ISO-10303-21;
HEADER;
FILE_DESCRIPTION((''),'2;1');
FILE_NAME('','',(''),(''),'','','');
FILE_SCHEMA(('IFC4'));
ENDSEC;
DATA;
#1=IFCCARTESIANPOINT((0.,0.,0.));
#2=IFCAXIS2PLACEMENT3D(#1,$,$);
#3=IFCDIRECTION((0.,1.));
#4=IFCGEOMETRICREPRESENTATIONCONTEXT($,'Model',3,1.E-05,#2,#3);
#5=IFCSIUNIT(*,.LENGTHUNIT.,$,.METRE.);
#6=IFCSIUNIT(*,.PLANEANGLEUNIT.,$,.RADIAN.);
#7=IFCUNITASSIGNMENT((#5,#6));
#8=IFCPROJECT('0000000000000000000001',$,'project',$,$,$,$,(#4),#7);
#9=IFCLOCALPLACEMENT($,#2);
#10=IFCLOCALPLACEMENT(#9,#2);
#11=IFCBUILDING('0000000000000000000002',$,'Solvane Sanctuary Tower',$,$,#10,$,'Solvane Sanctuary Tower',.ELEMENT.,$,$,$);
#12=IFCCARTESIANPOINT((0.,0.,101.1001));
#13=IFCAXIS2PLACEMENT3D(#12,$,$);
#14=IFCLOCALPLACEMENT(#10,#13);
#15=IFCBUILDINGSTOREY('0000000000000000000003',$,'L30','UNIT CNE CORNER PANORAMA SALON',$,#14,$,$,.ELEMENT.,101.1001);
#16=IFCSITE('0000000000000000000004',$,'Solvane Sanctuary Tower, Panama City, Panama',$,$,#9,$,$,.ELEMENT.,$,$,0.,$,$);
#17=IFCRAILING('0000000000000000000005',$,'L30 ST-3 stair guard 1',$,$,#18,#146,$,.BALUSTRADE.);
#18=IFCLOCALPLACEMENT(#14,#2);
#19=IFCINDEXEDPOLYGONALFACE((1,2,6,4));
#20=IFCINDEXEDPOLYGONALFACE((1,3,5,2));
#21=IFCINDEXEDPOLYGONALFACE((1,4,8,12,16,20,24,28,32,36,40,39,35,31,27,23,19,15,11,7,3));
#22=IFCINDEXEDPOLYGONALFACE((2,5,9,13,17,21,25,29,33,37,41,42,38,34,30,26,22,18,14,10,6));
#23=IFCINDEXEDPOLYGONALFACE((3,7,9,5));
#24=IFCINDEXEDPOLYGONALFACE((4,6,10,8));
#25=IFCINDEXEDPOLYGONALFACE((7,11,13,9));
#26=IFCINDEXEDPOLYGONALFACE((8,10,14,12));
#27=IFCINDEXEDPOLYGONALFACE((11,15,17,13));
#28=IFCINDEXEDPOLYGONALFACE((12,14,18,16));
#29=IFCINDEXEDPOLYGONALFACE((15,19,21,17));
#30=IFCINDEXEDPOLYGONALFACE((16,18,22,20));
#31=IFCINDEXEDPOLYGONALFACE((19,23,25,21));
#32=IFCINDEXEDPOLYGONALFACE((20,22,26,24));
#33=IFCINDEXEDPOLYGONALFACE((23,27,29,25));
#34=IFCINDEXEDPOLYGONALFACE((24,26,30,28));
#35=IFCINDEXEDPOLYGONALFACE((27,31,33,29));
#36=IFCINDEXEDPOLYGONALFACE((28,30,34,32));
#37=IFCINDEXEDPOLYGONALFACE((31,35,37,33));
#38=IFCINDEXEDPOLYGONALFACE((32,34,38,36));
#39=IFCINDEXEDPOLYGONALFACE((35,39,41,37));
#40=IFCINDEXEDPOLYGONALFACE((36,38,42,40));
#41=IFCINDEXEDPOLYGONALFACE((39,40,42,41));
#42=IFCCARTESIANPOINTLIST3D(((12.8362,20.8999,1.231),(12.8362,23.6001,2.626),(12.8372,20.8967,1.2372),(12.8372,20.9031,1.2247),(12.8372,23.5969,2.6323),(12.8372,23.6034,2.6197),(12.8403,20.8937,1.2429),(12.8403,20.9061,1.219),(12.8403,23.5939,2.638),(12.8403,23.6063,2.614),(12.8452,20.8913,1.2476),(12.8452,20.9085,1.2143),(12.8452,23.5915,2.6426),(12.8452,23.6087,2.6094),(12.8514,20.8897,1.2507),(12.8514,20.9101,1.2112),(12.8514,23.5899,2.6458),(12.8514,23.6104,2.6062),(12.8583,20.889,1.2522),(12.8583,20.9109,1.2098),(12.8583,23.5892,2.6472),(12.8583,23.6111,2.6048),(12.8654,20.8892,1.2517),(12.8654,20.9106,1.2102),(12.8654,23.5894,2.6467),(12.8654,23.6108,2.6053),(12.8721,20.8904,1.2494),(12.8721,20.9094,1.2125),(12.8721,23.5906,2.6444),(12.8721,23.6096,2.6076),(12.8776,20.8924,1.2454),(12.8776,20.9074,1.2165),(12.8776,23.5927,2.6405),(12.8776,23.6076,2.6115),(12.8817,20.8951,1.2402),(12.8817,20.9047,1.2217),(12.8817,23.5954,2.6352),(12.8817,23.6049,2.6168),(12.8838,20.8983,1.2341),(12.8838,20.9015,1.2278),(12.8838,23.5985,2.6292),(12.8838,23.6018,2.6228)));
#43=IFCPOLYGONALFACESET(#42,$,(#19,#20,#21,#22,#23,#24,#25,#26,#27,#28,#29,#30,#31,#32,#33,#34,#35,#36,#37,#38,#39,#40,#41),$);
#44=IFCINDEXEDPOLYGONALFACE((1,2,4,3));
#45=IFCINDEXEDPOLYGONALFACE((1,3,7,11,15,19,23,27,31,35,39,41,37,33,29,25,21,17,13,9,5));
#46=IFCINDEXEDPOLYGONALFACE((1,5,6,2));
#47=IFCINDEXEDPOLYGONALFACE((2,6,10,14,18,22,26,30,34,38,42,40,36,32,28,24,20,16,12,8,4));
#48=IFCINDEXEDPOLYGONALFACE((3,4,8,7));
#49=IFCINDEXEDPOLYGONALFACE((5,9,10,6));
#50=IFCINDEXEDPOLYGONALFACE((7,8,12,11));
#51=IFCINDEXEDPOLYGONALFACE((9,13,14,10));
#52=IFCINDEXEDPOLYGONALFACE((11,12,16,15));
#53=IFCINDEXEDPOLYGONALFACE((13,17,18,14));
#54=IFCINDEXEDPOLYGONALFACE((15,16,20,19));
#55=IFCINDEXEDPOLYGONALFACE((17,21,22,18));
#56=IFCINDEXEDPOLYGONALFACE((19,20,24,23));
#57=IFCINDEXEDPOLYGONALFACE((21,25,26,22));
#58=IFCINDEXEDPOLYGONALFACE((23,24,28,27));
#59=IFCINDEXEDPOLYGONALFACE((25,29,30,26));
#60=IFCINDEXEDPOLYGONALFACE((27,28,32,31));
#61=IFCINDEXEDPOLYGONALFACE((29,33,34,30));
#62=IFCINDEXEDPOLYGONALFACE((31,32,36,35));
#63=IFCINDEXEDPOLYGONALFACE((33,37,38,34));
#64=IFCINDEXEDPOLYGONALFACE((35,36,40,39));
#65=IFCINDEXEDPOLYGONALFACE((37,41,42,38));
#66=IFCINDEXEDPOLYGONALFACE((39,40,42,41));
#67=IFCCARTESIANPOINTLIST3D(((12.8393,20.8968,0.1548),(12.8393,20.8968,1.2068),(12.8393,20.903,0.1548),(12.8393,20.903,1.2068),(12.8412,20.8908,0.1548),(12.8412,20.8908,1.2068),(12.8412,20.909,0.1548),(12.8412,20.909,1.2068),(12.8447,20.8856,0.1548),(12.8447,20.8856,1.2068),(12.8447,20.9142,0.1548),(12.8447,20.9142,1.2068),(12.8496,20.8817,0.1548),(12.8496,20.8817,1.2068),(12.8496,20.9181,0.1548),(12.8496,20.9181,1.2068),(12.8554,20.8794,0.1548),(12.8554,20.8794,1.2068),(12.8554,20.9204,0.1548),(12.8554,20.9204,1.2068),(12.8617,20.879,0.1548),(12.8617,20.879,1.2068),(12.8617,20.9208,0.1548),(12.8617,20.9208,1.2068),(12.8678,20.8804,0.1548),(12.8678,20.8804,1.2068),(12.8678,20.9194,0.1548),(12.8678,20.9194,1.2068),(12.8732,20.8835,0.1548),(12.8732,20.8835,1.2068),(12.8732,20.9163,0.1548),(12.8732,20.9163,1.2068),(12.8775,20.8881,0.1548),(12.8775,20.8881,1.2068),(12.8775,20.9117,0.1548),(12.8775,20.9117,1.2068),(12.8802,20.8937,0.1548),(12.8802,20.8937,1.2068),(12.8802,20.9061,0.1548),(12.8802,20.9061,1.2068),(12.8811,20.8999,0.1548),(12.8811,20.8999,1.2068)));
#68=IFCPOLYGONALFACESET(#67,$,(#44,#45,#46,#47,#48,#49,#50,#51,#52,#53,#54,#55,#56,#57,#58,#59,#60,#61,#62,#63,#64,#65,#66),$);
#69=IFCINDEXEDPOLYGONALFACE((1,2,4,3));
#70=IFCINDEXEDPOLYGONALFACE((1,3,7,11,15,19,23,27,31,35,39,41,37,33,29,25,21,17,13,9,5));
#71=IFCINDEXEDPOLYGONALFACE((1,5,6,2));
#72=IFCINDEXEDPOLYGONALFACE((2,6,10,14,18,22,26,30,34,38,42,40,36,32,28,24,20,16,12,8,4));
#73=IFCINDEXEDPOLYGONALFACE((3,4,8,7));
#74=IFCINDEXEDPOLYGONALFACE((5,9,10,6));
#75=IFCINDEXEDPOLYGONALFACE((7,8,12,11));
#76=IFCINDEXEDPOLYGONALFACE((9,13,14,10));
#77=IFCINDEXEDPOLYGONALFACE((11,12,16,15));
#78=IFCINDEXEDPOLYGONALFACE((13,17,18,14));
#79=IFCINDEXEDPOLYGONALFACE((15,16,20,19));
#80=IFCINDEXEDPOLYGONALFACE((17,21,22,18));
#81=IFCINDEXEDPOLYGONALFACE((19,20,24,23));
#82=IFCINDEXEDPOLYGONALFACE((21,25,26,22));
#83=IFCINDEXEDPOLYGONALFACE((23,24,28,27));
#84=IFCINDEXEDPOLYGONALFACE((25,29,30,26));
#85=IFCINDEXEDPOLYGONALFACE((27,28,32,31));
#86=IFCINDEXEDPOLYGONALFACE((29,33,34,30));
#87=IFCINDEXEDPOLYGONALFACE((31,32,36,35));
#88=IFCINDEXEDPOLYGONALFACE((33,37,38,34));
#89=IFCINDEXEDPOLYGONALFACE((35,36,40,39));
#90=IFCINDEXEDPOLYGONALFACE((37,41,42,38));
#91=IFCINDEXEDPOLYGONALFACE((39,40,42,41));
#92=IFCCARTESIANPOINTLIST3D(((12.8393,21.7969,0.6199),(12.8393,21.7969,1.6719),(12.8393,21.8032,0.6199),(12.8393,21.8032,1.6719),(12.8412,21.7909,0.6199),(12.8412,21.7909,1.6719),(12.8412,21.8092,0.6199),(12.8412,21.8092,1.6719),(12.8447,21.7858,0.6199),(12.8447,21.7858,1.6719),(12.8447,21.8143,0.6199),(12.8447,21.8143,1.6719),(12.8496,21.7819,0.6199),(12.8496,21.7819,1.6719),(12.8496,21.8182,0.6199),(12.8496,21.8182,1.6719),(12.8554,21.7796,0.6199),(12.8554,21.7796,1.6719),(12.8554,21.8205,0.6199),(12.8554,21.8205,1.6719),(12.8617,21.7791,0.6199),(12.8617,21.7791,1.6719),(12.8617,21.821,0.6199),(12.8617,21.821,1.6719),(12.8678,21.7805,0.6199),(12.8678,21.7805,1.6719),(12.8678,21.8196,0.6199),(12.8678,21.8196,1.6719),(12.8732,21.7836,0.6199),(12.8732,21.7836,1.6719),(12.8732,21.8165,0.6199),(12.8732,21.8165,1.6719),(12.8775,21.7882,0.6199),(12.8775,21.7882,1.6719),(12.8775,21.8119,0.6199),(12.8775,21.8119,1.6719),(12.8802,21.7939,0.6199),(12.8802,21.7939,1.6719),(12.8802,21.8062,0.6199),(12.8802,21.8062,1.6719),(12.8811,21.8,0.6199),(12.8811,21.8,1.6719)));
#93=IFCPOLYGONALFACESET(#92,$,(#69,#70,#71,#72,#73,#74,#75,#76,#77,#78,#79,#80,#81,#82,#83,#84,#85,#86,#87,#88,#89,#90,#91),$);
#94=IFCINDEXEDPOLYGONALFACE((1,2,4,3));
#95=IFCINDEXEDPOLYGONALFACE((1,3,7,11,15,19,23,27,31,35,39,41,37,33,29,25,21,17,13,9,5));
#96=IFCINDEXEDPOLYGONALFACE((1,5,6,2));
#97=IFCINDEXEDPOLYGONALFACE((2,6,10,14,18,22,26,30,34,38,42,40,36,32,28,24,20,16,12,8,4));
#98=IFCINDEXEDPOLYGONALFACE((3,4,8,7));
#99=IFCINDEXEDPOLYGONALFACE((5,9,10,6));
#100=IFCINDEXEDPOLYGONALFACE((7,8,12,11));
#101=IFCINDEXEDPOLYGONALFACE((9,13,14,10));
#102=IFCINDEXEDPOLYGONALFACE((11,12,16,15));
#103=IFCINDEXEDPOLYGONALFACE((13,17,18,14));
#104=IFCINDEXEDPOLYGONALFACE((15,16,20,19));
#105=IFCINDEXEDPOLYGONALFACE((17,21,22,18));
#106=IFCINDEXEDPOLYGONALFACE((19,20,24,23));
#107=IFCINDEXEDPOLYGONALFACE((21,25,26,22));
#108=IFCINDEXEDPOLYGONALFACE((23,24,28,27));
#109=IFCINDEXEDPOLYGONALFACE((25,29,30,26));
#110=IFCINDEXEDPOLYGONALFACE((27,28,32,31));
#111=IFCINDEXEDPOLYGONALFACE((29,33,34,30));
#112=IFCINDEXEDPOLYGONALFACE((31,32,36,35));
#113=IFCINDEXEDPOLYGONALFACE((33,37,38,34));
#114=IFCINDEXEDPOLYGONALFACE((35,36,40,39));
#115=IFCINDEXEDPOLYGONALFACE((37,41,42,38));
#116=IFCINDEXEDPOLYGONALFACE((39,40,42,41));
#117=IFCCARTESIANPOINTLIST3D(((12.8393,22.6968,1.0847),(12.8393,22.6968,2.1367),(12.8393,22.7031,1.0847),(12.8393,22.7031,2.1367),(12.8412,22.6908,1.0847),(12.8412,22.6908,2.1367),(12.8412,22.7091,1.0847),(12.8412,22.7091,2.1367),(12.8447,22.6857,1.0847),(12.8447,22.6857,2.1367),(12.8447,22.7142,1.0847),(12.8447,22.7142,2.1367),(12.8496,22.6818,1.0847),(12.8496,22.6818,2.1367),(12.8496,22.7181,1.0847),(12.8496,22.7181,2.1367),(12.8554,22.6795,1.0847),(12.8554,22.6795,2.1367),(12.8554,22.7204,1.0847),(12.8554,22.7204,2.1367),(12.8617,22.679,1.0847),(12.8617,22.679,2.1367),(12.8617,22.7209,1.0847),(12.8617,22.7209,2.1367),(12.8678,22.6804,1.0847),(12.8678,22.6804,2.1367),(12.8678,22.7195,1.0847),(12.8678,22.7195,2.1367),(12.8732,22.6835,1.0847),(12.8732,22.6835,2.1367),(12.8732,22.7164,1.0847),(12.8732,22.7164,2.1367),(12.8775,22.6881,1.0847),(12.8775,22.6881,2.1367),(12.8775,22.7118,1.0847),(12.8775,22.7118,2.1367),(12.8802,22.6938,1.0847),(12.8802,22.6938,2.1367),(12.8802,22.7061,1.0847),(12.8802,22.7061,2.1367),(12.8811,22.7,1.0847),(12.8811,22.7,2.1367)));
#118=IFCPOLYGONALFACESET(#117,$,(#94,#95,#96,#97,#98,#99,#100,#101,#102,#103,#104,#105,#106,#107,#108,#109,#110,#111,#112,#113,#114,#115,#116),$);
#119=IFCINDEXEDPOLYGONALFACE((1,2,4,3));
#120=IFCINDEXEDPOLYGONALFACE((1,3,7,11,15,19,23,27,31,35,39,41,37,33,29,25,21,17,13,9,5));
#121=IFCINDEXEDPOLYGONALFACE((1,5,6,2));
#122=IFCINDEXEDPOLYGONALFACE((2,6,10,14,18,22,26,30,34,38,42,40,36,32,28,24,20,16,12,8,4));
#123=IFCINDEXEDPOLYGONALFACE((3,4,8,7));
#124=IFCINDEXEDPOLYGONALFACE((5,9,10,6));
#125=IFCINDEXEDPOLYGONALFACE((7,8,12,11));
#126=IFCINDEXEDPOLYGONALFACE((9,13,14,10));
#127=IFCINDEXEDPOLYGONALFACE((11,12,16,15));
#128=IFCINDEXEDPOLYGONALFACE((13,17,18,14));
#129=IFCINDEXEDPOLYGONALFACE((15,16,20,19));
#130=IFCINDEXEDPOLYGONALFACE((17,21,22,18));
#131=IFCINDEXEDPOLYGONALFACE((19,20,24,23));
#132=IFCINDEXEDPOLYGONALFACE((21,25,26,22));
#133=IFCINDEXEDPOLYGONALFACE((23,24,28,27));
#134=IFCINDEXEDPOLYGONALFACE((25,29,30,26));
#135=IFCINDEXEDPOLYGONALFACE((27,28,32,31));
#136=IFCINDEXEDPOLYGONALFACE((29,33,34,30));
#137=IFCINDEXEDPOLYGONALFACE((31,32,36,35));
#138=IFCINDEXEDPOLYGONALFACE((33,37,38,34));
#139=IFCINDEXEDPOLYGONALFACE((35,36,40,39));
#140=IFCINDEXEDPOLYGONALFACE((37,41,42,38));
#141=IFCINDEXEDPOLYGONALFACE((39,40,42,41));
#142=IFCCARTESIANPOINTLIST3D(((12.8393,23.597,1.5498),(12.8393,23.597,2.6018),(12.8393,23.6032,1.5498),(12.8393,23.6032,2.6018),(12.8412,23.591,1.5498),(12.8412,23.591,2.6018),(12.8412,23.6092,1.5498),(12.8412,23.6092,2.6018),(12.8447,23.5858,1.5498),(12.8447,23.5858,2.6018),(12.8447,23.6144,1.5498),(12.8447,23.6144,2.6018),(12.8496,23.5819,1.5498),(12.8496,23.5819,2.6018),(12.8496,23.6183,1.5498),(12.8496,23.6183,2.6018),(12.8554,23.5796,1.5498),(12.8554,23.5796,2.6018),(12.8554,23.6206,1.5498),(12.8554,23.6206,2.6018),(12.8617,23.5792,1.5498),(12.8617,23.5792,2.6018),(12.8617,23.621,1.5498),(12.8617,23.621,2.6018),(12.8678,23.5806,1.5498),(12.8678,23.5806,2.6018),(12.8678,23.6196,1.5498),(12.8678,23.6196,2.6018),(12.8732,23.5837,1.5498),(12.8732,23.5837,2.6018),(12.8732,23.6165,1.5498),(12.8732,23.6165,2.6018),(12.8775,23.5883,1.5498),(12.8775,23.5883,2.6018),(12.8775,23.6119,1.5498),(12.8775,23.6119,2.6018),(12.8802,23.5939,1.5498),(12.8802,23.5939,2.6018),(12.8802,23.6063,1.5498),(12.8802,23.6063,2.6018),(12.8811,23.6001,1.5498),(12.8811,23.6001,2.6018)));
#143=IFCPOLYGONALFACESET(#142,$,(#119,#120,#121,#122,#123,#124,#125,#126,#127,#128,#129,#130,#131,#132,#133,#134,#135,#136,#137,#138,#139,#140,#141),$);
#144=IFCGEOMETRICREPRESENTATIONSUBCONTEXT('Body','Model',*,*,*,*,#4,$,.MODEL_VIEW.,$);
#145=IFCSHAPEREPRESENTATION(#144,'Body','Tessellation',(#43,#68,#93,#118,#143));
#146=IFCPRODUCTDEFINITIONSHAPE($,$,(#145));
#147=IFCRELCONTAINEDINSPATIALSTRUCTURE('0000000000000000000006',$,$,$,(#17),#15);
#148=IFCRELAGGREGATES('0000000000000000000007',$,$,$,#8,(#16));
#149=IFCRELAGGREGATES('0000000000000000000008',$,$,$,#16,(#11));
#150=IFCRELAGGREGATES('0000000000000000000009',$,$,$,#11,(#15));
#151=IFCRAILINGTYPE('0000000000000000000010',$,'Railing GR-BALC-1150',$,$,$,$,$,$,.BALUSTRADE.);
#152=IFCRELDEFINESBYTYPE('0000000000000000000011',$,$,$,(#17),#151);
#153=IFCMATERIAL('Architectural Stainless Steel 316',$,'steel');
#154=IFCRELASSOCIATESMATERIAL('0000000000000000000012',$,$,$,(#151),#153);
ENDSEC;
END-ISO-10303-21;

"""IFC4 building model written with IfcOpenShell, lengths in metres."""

from ifc_helpers import new_model, si_unit, direction, frame, origin, origin_2d, place, context, subcontext, project, spatial, circle, extrude, material, type_object, element, save


model = new_model("IFC4")

# Units and contexts
model_context = context("Model", 3, precision=1e-05, world=origin(), true_north=direction((0.0, 1.0)))
body_context = subcontext(model_context, "Body", "Model", "MODEL_VIEW")
ifc_project = project(units=[si_unit("LENGTHUNIT", "METRE"), si_unit("PLANEANGLEUNIT", "RADIAN")], contexts=[model_context])

# Site, building, storey
site_placement = place(None, origin())
site = spatial("IfcSite", under=ifc_project, at=site_placement, Name="Solvane Sanctuary Tower, Panama City, Panama", CompositionType="ELEMENT", RefElevation=0.0)
building_placement = place(site_placement, origin())
building = spatial("IfcBuilding", under=site, at=building_placement, Name="Solvane Sanctuary Tower", LongName="Solvane Sanctuary Tower", CompositionType="ELEMENT")
storey_placement = place(building_placement, frame((0.0, 0.0, 101.1001)))
storey = spatial("IfcBuildingStorey", under=building, at=storey_placement, Name="L30", Description="UNIT CNE CORNER PANORAMA SALON", CompositionType="ELEMENT", Elevation=101.1001)

# Railing
ifc_material_1 = material(Name="Architectural Stainless Steel 316", Category="steel")
railing_type_1 = type_object("IfcRailingType", Name="Railing GR-BALC-1150", PredefinedType="BALUSTRADE", material=ifc_material_1)
railing_1_placement = place(storey_placement, frame((12.8601, 20.8999, 0.1548)))
element("IfcRailing", 1, at=railing_1_placement, inside=storey, type_object=railing_type_1, Name="L30 ST-3 stair guard 1", PredefinedType="BALUSTRADE", context=body_context, shape_type="SweptSolid", body=[
    extrude(circle(Radius=0.0239, at=origin_2d()), frame((0.0, 0.0, 1.0762), z_axis=(0.0, 0.888437, 0.458999), x_axis=(-1.0, 0.0, 0.0)), (0.0, 0.0, 1.0), 3.0393),
    extrude(circle(Radius=0.021, at=origin_2d()), origin(), (0.0, 0.0, 1.0), 1.052),
    extrude(circle(Radius=0.021, at=origin_2d()), frame((0.0, 0.9001, 0.4651)), (0.0, 0.0, 1.0), 1.052),
    extrude(circle(Radius=0.021, at=origin_2d()), frame((0.0, 1.8, 0.9299)), (0.0, 0.0, 1.0), 1.052),
    extrude(circle(Radius=0.021, at=origin_2d()), frame((0.0, 2.7002, 1.395)), (0.0, 0.0, 1.0), 1.052),
])

save(model, "model.ifc")
